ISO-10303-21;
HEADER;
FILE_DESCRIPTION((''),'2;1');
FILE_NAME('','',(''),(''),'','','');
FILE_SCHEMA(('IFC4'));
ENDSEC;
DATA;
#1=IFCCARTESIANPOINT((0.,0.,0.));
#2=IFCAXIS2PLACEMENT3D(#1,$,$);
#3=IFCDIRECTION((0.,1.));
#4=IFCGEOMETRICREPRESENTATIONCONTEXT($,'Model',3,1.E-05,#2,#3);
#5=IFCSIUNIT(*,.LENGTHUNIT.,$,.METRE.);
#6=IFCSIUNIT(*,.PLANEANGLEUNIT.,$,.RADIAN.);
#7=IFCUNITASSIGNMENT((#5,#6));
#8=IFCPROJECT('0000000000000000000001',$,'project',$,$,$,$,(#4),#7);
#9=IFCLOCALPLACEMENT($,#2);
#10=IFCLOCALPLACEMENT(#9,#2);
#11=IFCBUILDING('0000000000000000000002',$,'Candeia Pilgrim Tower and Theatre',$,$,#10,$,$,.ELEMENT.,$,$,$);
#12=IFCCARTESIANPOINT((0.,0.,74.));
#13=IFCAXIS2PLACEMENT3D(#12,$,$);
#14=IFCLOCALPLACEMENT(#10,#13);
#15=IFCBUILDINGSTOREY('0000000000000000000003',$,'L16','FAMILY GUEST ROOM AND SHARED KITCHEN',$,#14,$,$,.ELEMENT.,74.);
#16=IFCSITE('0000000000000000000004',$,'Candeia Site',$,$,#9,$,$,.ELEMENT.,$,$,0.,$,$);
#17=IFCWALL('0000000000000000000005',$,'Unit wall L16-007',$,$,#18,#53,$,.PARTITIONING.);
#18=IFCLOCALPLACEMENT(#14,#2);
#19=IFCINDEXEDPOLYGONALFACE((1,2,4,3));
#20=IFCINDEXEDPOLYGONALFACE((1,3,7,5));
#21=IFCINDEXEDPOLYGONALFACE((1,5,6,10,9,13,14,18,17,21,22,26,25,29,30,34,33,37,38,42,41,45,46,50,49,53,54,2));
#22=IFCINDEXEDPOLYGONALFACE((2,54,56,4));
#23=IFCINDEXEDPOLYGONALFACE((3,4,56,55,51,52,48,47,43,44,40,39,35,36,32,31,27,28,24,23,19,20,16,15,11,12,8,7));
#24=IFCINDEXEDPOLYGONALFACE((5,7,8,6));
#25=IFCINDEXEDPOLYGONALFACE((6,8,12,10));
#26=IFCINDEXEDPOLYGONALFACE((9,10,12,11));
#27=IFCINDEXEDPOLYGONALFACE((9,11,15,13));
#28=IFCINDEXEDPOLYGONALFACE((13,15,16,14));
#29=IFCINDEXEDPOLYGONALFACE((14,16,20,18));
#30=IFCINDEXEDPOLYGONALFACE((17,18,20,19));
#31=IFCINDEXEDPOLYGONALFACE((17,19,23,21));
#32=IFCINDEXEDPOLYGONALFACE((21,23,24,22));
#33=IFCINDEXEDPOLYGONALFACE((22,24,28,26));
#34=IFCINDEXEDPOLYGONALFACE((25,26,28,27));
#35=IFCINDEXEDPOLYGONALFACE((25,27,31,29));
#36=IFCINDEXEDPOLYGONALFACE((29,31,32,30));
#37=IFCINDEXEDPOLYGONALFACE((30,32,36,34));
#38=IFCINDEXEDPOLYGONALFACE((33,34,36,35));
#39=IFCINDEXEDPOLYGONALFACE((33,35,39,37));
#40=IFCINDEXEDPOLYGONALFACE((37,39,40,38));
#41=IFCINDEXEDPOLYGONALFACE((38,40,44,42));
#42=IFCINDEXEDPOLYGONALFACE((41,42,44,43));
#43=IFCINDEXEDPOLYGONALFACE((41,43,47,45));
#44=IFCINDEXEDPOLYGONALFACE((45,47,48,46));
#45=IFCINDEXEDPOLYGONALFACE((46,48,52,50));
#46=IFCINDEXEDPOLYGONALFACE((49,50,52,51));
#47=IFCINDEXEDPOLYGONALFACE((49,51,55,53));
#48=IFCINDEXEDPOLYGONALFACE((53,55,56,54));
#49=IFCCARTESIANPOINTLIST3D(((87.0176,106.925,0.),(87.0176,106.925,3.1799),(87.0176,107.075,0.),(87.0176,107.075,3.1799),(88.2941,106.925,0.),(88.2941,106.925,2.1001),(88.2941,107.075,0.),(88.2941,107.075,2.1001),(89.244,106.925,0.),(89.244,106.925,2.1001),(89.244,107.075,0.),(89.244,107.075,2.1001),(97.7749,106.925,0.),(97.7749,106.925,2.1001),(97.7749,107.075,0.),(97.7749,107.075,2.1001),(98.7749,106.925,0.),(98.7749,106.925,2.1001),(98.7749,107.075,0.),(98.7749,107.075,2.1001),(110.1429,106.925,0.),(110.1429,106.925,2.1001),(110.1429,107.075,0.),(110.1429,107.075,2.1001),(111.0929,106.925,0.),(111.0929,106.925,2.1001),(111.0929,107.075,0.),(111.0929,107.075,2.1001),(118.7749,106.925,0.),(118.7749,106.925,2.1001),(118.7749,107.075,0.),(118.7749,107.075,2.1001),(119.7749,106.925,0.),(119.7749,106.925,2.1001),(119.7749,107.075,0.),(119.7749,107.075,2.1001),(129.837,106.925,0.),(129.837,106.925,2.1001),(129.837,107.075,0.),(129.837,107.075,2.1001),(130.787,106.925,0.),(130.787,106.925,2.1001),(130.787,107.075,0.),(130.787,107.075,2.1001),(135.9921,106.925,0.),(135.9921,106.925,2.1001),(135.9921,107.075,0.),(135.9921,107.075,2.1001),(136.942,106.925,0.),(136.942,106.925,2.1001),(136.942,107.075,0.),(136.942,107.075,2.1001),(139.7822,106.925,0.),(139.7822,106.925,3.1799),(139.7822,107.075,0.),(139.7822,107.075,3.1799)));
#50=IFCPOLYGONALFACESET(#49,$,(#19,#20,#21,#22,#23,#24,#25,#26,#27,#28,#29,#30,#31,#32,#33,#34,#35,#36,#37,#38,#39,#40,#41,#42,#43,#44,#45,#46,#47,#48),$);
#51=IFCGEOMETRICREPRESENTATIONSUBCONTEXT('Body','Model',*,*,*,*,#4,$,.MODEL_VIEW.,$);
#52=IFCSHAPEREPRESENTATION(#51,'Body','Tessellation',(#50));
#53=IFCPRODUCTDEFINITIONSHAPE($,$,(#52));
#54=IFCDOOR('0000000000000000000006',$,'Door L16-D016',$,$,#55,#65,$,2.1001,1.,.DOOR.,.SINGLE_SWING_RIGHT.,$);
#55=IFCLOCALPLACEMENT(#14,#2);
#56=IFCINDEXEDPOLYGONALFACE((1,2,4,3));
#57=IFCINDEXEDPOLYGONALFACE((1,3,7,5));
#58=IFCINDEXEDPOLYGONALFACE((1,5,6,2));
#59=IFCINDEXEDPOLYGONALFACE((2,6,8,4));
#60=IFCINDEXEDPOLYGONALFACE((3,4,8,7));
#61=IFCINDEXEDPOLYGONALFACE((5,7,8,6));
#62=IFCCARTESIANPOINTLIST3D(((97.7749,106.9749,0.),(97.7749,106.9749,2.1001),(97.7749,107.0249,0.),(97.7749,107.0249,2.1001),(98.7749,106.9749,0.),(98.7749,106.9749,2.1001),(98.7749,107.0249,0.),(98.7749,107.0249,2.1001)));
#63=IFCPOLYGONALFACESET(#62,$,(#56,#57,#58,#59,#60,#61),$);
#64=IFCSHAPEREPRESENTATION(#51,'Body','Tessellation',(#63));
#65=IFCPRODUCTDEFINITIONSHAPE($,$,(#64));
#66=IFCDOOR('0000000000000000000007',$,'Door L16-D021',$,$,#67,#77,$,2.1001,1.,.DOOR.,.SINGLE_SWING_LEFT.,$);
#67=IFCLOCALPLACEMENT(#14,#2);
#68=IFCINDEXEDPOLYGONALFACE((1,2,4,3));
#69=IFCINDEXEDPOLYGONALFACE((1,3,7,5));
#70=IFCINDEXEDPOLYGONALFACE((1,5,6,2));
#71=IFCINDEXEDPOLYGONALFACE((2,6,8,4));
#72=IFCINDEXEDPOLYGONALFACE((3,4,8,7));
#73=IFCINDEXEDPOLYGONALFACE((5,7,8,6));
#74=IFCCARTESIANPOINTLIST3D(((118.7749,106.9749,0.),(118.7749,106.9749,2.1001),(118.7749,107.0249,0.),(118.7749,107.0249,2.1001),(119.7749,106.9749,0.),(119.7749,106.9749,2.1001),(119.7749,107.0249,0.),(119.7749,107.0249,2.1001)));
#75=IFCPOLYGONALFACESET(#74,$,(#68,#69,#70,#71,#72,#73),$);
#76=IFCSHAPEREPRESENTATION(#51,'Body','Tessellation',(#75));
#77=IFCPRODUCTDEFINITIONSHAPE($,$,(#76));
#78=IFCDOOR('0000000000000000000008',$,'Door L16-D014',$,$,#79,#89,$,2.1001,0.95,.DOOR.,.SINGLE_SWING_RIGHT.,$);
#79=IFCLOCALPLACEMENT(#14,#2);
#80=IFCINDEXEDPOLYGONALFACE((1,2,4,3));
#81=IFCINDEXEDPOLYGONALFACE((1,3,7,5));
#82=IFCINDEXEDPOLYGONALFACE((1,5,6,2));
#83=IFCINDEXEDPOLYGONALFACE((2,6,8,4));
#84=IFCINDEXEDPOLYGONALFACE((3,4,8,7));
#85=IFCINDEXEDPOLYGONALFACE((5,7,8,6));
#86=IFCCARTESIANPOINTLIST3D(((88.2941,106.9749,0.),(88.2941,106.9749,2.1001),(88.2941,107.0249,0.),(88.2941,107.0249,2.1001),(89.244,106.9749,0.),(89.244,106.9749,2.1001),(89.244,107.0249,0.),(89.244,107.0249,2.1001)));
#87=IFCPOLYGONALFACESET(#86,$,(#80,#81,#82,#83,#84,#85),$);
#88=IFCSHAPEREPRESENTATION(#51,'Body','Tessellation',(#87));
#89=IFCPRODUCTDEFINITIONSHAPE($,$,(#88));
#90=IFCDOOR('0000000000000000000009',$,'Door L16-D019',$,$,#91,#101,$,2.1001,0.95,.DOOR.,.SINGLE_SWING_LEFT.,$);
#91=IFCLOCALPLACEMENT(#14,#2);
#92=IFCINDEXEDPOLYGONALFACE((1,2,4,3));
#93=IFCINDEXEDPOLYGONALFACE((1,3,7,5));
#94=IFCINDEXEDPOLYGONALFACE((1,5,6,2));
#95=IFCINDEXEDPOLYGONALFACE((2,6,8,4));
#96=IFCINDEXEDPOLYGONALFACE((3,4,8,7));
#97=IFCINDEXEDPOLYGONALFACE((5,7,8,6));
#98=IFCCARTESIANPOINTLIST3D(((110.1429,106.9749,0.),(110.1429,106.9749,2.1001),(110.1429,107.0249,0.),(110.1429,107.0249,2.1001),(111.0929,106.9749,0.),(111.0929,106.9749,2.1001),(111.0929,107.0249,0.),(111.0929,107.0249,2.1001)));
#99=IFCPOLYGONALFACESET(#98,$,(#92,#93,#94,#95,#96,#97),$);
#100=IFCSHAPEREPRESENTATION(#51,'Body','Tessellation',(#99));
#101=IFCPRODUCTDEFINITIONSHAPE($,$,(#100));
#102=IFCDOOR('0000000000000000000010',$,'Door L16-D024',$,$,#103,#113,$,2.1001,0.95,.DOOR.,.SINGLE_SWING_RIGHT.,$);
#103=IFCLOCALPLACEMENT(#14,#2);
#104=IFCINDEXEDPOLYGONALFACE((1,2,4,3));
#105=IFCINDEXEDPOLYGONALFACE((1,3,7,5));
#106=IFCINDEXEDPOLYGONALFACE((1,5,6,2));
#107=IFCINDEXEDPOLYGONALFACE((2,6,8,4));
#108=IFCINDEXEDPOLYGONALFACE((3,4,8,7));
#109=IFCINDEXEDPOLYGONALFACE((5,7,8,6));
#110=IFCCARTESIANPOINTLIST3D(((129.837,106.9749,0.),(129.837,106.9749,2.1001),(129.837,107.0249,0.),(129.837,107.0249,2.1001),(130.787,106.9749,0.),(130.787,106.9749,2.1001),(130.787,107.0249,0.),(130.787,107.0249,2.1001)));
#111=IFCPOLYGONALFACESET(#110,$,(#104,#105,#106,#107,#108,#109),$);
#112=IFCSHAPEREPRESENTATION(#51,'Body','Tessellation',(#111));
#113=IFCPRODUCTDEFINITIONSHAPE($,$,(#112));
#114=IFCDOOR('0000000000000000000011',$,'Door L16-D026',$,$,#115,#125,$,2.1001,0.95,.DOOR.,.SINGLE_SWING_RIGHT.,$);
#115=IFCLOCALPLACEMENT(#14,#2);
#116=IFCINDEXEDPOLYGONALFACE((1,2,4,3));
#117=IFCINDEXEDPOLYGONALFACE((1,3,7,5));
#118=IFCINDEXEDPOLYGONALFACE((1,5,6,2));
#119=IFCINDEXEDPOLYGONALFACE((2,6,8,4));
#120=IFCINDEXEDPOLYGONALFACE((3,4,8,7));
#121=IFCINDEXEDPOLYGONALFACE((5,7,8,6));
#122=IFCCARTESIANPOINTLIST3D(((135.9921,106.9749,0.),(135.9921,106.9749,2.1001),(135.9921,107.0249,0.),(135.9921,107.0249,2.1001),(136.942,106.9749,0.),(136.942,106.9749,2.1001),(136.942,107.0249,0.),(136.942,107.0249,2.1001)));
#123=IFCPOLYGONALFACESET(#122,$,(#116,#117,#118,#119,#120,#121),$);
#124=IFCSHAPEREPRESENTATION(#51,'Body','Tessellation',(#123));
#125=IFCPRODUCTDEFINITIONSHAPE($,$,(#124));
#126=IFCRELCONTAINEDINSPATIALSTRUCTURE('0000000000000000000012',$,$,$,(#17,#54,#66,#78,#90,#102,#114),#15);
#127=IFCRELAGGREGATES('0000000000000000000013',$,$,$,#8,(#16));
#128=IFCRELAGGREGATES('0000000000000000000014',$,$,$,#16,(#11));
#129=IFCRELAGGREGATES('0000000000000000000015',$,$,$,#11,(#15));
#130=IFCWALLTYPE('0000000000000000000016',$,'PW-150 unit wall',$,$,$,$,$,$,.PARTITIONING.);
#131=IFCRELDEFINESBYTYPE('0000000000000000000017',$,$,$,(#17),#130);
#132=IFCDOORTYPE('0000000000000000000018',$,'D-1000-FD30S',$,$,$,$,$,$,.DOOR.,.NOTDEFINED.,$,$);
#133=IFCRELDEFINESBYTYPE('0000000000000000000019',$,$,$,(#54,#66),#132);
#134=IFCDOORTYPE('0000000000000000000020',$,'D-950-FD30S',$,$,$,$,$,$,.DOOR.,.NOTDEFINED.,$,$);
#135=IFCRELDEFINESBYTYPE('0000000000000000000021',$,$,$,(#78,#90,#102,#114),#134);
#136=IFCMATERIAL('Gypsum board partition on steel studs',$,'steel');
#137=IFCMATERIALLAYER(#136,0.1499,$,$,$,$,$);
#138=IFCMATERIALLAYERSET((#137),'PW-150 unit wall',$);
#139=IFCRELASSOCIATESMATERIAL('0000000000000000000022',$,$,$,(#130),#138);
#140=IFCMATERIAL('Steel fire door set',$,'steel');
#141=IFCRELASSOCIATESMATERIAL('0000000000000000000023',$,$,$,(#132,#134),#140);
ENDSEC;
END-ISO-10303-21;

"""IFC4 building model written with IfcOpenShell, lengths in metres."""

from ifc_helpers import new_model, si_unit, direction, frame, frame_2d, origin, place, context, subcontext, project, spatial, rectangle, extrude, material, layer, layer_set, type_object, element, fill, save


model = new_model("IFC4")

# Units and contexts
model_context = context("Model", 3, precision=1e-05, world=origin(), true_north=direction((0.0, 1.0)))
body_context = subcontext(model_context, "Body", "Model", "MODEL_VIEW")
ifc_project = project(units=[si_unit("LENGTHUNIT", "METRE"), si_unit("PLANEANGLEUNIT", "RADIAN")], contexts=[model_context])

# Site, building, storey
site_placement = place(None, origin())
site = spatial("IfcSite", under=ifc_project, at=site_placement, Name="Candeia Site", CompositionType="ELEMENT", RefElevation=0.0)
building_placement = place(site_placement, origin())
building = spatial("IfcBuilding", under=site, at=building_placement, Name="Candeia Pilgrim Tower and Theatre", CompositionType="ELEMENT")
storey_placement = place(building_placement, frame((0.0, 0.0, 74.0)))
storey = spatial("IfcBuildingStorey", under=building, at=storey_placement, Name="L16", Description="FAMILY GUEST ROOM AND SHARED KITCHEN", CompositionType="ELEMENT", Elevation=74.0)

# Shared definitions
ifc_material_1 = material(Name="Gypsum board partition on steel studs", Category="steel")

# Wall, openings, doors
ifc_layer_1 = layer(ifc_material_1, 0.1499)
ifc_layer_set_1 = layer_set([ifc_layer_1], Name="PW-150 unit wall")
wall_type_1 = type_object("IfcWallType", Name="PW-150 unit wall", PredefinedType="PARTITIONING", material=ifc_layer_set_1)
wall_1_placement = place(storey_placement, frame((87.0176, 107.0, 0.0), z_axis=(0.0, 0.0, 1.0), x_axis=(1.0, 0.0, 0.0)))
wall_1 = element("IfcWall", 1, at=wall_1_placement, inside=storey, type_object=wall_type_1, Name="Unit wall L16-007", PredefinedType="PARTITIONING", context=body_context, shape_type="SweptSolid", body=[
    extrude(rectangle(XDim=52.7646, YDim=0.1499, at=frame_2d((26.3823, 0.0))), origin(), (0.0, 0.0, 1.0), 3.1799),
])
opening_1_placement = place(wall_1_placement, frame((1.2764, 0.0, 0.0)))
opening_1 = element("IfcOpeningElement", 2, at=opening_1_placement, cuts=wall_1, PredefinedType="OPENING", context=body_context, shape_type="SweptSolid", body=[
    extrude(rectangle(XDim=0.95, YDim=2.1001, at=frame_2d((0.4751, 1.05))), frame((0.0, 0.085, 0.0), z_axis=(0.0, -1.0, 0.0), x_axis=(1.0, 0.0, 0.0)), (0.0, 0.0, 1.0), 0.1699),
])
opening_2_placement = place(wall_1_placement, frame((10.7573, 0.0, 0.0)))
opening_2 = element("IfcOpeningElement", 3, at=opening_2_placement, cuts=wall_1, PredefinedType="OPENING", context=body_context, shape_type="SweptSolid", body=[
    extrude(rectangle(XDim=1.0, YDim=2.1001, at=frame_2d((0.5, 1.05))), frame((0.0, 0.085, 0.0), z_axis=(0.0, -1.0, 0.0), x_axis=(1.0, 0.0, 0.0)), (0.0, 0.0, 1.0), 0.1699),
])
opening_3_placement = place(wall_1_placement, frame((23.1252, 0.0, 0.0)))
opening_3 = element("IfcOpeningElement", 4, at=opening_3_placement, cuts=wall_1, PredefinedType="OPENING", context=body_context, shape_type="SweptSolid", body=[
    extrude(rectangle(XDim=0.95, YDim=2.1001, at=frame_2d((0.4751, 1.05))), frame((0.0, 0.085, 0.0), z_axis=(0.0, -1.0, 0.0), x_axis=(1.0, 0.0, 0.0)), (0.0, 0.0, 1.0), 0.1699),
])
opening_4_placement = place(wall_1_placement, frame((31.7573, 0.0, 0.0)))
opening_4 = element("IfcOpeningElement", 5, at=opening_4_placement, cuts=wall_1, PredefinedType="OPENING", context=body_context, shape_type="SweptSolid", body=[
    extrude(rectangle(XDim=1.0, YDim=2.1001, at=frame_2d((0.5, 1.05))), frame((0.0, 0.085, 0.0), z_axis=(0.0, -1.0, 0.0), x_axis=(1.0, 0.0, 0.0)), (0.0, 0.0, 1.0), 0.1699),
])
opening_5_placement = place(wall_1_placement, frame((42.8193, 0.0, 0.0)))
opening_5 = element("IfcOpeningElement", 6, at=opening_5_placement, cuts=wall_1, PredefinedType="OPENING", context=body_context, shape_type="SweptSolid", body=[
    extrude(rectangle(XDim=0.95, YDim=2.1001, at=frame_2d((0.4751, 1.05))), frame((0.0, 0.085, 0.0), z_axis=(0.0, -1.0, 0.0), x_axis=(1.0, 0.0, 0.0)), (0.0, 0.0, 1.0), 0.1699),
])
opening_6_placement = place(wall_1_placement, frame((48.9744, 0.0, 0.0)))
opening_6 = element("IfcOpeningElement", 7, at=opening_6_placement, cuts=wall_1, PredefinedType="OPENING", context=body_context, shape_type="SweptSolid", body=[
    extrude(rectangle(XDim=0.95, YDim=2.1001, at=frame_2d((0.4751, 1.05))), frame((0.0, 0.085, 0.0), z_axis=(0.0, -1.0, 0.0), x_axis=(1.0, 0.0, 0.0)), (0.0, 0.0, 1.0), 0.1699),
])
ifc_material_2 = material(Name="Steel fire door set", Category="steel")
door_type_1 = type_object("IfcDoorType", Name="D-1000-FD30S", OperationType="NOTDEFINED", PredefinedType="DOOR", material=ifc_material_2)
door_1_placement = place(opening_2_placement, origin())
door_1 = element("IfcDoor", 8, at=door_1_placement, inside=storey, type_object=door_type_1, Name="Door L16-D016", OperationType="SINGLE_SWING_RIGHT", OverallHeight=2.1001, OverallWidth=1.0, PredefinedType="DOOR", context=body_context, shape_type="SweptSolid", body=[
    extrude(rectangle(XDim=1.0, YDim=2.1001, at=frame_2d((0.5, 1.05))), frame((0.0, 0.0249, 0.0), z_axis=(0.0, -1.0, 0.0), x_axis=(1.0, 0.0, 0.0)), (0.0, 0.0, 1.0), 0.05),
])
fill(opening_2, door_1)
door_2_placement = place(opening_4_placement, origin())
door_2 = element("IfcDoor", 9, at=door_2_placement, inside=storey, type_object=door_type_1, Name="Door L16-D021", OperationType="SINGLE_SWING_LEFT", OverallHeight=2.1001, OverallWidth=1.0, PredefinedType="DOOR", context=body_context, shape_type="SweptSolid", body=[
    extrude(rectangle(XDim=1.0, YDim=2.1001, at=frame_2d((0.5, 1.05))), frame((0.0, 0.0249, 0.0), z_axis=(0.0, -1.0, 0.0), x_axis=(1.0, 0.0, 0.0)), (0.0, 0.0, 1.0), 0.05),
])
fill(opening_4, door_2)
door_type_2 = type_object("IfcDoorType", Name="D-950-FD30S", OperationType="NOTDEFINED", PredefinedType="DOOR", material=ifc_material_2)
door_3_placement = place(opening_1_placement, origin())
door_3 = element("IfcDoor", 10, at=door_3_placement, inside=storey, type_object=door_type_2, Name="Door L16-D014", OperationType="SINGLE_SWING_RIGHT", OverallHeight=2.1001, OverallWidth=0.95, PredefinedType="DOOR", context=body_context, shape_type="SweptSolid", body=[
    extrude(rectangle(XDim=0.95, YDim=2.1001, at=frame_2d((0.4751, 1.05))), frame((0.0, 0.0249, 0.0), z_axis=(0.0, -1.0, 0.0), x_axis=(1.0, 0.0, 0.0)), (0.0, 0.0, 1.0), 0.05),
])
fill(opening_1, door_3)
door_4_placement = place(opening_3_placement, origin())
door_4 = element("IfcDoor", 11, at=door_4_placement, inside=storey, type_object=door_type_2, Name="Door L16-D019", OperationType="SINGLE_SWING_LEFT", OverallHeight=2.1001, OverallWidth=0.95, PredefinedType="DOOR", context=body_context, shape_type="SweptSolid", body=[
    extrude(rectangle(XDim=0.95, YDim=2.1001, at=frame_2d((0.4751, 1.05))), frame((0.0, 0.0249, 0.0), z_axis=(0.0, -1.0, 0.0), x_axis=(1.0, 0.0, 0.0)), (0.0, 0.0, 1.0), 0.05),
])
fill(opening_3, door_4)
door_5_placement = place(opening_5_placement, origin())
door_5 = element("IfcDoor", 12, at=door_5_placement, inside=storey, type_object=door_type_2, Name="Door L16-D024", OperationType="SINGLE_SWING_RIGHT", OverallHeight=2.1001, OverallWidth=0.95, PredefinedType="DOOR", context=body_context, shape_type="SweptSolid", body=[
    extrude(rectangle(XDim=0.95, YDim=2.1001, at=frame_2d((0.4751, 1.05))), frame((0.0, 0.0249, 0.0), z_axis=(0.0, -1.0, 0.0), x_axis=(1.0, 0.0, 0.0)), (0.0, 0.0, 1.0), 0.05),
])
fill(opening_5, door_5)
door_6_placement = place(opening_6_placement, origin())
door_6 = element("IfcDoor", 13, at=door_6_placement, inside=storey, type_object=door_type_2, Name="Door L16-D026", OperationType="SINGLE_SWING_RIGHT", OverallHeight=2.1001, OverallWidth=0.95, PredefinedType="DOOR", context=body_context, shape_type="SweptSolid", body=[
    extrude(rectangle(XDim=0.95, YDim=2.1001, at=frame_2d((0.4751, 1.05))), frame((0.0, 0.0249, 0.0), z_axis=(0.0, -1.0, 0.0), x_axis=(1.0, 0.0, 0.0)), (0.0, 0.0, 1.0), 0.05),
])
fill(opening_6, door_6)

save(model, "model.ifc")
